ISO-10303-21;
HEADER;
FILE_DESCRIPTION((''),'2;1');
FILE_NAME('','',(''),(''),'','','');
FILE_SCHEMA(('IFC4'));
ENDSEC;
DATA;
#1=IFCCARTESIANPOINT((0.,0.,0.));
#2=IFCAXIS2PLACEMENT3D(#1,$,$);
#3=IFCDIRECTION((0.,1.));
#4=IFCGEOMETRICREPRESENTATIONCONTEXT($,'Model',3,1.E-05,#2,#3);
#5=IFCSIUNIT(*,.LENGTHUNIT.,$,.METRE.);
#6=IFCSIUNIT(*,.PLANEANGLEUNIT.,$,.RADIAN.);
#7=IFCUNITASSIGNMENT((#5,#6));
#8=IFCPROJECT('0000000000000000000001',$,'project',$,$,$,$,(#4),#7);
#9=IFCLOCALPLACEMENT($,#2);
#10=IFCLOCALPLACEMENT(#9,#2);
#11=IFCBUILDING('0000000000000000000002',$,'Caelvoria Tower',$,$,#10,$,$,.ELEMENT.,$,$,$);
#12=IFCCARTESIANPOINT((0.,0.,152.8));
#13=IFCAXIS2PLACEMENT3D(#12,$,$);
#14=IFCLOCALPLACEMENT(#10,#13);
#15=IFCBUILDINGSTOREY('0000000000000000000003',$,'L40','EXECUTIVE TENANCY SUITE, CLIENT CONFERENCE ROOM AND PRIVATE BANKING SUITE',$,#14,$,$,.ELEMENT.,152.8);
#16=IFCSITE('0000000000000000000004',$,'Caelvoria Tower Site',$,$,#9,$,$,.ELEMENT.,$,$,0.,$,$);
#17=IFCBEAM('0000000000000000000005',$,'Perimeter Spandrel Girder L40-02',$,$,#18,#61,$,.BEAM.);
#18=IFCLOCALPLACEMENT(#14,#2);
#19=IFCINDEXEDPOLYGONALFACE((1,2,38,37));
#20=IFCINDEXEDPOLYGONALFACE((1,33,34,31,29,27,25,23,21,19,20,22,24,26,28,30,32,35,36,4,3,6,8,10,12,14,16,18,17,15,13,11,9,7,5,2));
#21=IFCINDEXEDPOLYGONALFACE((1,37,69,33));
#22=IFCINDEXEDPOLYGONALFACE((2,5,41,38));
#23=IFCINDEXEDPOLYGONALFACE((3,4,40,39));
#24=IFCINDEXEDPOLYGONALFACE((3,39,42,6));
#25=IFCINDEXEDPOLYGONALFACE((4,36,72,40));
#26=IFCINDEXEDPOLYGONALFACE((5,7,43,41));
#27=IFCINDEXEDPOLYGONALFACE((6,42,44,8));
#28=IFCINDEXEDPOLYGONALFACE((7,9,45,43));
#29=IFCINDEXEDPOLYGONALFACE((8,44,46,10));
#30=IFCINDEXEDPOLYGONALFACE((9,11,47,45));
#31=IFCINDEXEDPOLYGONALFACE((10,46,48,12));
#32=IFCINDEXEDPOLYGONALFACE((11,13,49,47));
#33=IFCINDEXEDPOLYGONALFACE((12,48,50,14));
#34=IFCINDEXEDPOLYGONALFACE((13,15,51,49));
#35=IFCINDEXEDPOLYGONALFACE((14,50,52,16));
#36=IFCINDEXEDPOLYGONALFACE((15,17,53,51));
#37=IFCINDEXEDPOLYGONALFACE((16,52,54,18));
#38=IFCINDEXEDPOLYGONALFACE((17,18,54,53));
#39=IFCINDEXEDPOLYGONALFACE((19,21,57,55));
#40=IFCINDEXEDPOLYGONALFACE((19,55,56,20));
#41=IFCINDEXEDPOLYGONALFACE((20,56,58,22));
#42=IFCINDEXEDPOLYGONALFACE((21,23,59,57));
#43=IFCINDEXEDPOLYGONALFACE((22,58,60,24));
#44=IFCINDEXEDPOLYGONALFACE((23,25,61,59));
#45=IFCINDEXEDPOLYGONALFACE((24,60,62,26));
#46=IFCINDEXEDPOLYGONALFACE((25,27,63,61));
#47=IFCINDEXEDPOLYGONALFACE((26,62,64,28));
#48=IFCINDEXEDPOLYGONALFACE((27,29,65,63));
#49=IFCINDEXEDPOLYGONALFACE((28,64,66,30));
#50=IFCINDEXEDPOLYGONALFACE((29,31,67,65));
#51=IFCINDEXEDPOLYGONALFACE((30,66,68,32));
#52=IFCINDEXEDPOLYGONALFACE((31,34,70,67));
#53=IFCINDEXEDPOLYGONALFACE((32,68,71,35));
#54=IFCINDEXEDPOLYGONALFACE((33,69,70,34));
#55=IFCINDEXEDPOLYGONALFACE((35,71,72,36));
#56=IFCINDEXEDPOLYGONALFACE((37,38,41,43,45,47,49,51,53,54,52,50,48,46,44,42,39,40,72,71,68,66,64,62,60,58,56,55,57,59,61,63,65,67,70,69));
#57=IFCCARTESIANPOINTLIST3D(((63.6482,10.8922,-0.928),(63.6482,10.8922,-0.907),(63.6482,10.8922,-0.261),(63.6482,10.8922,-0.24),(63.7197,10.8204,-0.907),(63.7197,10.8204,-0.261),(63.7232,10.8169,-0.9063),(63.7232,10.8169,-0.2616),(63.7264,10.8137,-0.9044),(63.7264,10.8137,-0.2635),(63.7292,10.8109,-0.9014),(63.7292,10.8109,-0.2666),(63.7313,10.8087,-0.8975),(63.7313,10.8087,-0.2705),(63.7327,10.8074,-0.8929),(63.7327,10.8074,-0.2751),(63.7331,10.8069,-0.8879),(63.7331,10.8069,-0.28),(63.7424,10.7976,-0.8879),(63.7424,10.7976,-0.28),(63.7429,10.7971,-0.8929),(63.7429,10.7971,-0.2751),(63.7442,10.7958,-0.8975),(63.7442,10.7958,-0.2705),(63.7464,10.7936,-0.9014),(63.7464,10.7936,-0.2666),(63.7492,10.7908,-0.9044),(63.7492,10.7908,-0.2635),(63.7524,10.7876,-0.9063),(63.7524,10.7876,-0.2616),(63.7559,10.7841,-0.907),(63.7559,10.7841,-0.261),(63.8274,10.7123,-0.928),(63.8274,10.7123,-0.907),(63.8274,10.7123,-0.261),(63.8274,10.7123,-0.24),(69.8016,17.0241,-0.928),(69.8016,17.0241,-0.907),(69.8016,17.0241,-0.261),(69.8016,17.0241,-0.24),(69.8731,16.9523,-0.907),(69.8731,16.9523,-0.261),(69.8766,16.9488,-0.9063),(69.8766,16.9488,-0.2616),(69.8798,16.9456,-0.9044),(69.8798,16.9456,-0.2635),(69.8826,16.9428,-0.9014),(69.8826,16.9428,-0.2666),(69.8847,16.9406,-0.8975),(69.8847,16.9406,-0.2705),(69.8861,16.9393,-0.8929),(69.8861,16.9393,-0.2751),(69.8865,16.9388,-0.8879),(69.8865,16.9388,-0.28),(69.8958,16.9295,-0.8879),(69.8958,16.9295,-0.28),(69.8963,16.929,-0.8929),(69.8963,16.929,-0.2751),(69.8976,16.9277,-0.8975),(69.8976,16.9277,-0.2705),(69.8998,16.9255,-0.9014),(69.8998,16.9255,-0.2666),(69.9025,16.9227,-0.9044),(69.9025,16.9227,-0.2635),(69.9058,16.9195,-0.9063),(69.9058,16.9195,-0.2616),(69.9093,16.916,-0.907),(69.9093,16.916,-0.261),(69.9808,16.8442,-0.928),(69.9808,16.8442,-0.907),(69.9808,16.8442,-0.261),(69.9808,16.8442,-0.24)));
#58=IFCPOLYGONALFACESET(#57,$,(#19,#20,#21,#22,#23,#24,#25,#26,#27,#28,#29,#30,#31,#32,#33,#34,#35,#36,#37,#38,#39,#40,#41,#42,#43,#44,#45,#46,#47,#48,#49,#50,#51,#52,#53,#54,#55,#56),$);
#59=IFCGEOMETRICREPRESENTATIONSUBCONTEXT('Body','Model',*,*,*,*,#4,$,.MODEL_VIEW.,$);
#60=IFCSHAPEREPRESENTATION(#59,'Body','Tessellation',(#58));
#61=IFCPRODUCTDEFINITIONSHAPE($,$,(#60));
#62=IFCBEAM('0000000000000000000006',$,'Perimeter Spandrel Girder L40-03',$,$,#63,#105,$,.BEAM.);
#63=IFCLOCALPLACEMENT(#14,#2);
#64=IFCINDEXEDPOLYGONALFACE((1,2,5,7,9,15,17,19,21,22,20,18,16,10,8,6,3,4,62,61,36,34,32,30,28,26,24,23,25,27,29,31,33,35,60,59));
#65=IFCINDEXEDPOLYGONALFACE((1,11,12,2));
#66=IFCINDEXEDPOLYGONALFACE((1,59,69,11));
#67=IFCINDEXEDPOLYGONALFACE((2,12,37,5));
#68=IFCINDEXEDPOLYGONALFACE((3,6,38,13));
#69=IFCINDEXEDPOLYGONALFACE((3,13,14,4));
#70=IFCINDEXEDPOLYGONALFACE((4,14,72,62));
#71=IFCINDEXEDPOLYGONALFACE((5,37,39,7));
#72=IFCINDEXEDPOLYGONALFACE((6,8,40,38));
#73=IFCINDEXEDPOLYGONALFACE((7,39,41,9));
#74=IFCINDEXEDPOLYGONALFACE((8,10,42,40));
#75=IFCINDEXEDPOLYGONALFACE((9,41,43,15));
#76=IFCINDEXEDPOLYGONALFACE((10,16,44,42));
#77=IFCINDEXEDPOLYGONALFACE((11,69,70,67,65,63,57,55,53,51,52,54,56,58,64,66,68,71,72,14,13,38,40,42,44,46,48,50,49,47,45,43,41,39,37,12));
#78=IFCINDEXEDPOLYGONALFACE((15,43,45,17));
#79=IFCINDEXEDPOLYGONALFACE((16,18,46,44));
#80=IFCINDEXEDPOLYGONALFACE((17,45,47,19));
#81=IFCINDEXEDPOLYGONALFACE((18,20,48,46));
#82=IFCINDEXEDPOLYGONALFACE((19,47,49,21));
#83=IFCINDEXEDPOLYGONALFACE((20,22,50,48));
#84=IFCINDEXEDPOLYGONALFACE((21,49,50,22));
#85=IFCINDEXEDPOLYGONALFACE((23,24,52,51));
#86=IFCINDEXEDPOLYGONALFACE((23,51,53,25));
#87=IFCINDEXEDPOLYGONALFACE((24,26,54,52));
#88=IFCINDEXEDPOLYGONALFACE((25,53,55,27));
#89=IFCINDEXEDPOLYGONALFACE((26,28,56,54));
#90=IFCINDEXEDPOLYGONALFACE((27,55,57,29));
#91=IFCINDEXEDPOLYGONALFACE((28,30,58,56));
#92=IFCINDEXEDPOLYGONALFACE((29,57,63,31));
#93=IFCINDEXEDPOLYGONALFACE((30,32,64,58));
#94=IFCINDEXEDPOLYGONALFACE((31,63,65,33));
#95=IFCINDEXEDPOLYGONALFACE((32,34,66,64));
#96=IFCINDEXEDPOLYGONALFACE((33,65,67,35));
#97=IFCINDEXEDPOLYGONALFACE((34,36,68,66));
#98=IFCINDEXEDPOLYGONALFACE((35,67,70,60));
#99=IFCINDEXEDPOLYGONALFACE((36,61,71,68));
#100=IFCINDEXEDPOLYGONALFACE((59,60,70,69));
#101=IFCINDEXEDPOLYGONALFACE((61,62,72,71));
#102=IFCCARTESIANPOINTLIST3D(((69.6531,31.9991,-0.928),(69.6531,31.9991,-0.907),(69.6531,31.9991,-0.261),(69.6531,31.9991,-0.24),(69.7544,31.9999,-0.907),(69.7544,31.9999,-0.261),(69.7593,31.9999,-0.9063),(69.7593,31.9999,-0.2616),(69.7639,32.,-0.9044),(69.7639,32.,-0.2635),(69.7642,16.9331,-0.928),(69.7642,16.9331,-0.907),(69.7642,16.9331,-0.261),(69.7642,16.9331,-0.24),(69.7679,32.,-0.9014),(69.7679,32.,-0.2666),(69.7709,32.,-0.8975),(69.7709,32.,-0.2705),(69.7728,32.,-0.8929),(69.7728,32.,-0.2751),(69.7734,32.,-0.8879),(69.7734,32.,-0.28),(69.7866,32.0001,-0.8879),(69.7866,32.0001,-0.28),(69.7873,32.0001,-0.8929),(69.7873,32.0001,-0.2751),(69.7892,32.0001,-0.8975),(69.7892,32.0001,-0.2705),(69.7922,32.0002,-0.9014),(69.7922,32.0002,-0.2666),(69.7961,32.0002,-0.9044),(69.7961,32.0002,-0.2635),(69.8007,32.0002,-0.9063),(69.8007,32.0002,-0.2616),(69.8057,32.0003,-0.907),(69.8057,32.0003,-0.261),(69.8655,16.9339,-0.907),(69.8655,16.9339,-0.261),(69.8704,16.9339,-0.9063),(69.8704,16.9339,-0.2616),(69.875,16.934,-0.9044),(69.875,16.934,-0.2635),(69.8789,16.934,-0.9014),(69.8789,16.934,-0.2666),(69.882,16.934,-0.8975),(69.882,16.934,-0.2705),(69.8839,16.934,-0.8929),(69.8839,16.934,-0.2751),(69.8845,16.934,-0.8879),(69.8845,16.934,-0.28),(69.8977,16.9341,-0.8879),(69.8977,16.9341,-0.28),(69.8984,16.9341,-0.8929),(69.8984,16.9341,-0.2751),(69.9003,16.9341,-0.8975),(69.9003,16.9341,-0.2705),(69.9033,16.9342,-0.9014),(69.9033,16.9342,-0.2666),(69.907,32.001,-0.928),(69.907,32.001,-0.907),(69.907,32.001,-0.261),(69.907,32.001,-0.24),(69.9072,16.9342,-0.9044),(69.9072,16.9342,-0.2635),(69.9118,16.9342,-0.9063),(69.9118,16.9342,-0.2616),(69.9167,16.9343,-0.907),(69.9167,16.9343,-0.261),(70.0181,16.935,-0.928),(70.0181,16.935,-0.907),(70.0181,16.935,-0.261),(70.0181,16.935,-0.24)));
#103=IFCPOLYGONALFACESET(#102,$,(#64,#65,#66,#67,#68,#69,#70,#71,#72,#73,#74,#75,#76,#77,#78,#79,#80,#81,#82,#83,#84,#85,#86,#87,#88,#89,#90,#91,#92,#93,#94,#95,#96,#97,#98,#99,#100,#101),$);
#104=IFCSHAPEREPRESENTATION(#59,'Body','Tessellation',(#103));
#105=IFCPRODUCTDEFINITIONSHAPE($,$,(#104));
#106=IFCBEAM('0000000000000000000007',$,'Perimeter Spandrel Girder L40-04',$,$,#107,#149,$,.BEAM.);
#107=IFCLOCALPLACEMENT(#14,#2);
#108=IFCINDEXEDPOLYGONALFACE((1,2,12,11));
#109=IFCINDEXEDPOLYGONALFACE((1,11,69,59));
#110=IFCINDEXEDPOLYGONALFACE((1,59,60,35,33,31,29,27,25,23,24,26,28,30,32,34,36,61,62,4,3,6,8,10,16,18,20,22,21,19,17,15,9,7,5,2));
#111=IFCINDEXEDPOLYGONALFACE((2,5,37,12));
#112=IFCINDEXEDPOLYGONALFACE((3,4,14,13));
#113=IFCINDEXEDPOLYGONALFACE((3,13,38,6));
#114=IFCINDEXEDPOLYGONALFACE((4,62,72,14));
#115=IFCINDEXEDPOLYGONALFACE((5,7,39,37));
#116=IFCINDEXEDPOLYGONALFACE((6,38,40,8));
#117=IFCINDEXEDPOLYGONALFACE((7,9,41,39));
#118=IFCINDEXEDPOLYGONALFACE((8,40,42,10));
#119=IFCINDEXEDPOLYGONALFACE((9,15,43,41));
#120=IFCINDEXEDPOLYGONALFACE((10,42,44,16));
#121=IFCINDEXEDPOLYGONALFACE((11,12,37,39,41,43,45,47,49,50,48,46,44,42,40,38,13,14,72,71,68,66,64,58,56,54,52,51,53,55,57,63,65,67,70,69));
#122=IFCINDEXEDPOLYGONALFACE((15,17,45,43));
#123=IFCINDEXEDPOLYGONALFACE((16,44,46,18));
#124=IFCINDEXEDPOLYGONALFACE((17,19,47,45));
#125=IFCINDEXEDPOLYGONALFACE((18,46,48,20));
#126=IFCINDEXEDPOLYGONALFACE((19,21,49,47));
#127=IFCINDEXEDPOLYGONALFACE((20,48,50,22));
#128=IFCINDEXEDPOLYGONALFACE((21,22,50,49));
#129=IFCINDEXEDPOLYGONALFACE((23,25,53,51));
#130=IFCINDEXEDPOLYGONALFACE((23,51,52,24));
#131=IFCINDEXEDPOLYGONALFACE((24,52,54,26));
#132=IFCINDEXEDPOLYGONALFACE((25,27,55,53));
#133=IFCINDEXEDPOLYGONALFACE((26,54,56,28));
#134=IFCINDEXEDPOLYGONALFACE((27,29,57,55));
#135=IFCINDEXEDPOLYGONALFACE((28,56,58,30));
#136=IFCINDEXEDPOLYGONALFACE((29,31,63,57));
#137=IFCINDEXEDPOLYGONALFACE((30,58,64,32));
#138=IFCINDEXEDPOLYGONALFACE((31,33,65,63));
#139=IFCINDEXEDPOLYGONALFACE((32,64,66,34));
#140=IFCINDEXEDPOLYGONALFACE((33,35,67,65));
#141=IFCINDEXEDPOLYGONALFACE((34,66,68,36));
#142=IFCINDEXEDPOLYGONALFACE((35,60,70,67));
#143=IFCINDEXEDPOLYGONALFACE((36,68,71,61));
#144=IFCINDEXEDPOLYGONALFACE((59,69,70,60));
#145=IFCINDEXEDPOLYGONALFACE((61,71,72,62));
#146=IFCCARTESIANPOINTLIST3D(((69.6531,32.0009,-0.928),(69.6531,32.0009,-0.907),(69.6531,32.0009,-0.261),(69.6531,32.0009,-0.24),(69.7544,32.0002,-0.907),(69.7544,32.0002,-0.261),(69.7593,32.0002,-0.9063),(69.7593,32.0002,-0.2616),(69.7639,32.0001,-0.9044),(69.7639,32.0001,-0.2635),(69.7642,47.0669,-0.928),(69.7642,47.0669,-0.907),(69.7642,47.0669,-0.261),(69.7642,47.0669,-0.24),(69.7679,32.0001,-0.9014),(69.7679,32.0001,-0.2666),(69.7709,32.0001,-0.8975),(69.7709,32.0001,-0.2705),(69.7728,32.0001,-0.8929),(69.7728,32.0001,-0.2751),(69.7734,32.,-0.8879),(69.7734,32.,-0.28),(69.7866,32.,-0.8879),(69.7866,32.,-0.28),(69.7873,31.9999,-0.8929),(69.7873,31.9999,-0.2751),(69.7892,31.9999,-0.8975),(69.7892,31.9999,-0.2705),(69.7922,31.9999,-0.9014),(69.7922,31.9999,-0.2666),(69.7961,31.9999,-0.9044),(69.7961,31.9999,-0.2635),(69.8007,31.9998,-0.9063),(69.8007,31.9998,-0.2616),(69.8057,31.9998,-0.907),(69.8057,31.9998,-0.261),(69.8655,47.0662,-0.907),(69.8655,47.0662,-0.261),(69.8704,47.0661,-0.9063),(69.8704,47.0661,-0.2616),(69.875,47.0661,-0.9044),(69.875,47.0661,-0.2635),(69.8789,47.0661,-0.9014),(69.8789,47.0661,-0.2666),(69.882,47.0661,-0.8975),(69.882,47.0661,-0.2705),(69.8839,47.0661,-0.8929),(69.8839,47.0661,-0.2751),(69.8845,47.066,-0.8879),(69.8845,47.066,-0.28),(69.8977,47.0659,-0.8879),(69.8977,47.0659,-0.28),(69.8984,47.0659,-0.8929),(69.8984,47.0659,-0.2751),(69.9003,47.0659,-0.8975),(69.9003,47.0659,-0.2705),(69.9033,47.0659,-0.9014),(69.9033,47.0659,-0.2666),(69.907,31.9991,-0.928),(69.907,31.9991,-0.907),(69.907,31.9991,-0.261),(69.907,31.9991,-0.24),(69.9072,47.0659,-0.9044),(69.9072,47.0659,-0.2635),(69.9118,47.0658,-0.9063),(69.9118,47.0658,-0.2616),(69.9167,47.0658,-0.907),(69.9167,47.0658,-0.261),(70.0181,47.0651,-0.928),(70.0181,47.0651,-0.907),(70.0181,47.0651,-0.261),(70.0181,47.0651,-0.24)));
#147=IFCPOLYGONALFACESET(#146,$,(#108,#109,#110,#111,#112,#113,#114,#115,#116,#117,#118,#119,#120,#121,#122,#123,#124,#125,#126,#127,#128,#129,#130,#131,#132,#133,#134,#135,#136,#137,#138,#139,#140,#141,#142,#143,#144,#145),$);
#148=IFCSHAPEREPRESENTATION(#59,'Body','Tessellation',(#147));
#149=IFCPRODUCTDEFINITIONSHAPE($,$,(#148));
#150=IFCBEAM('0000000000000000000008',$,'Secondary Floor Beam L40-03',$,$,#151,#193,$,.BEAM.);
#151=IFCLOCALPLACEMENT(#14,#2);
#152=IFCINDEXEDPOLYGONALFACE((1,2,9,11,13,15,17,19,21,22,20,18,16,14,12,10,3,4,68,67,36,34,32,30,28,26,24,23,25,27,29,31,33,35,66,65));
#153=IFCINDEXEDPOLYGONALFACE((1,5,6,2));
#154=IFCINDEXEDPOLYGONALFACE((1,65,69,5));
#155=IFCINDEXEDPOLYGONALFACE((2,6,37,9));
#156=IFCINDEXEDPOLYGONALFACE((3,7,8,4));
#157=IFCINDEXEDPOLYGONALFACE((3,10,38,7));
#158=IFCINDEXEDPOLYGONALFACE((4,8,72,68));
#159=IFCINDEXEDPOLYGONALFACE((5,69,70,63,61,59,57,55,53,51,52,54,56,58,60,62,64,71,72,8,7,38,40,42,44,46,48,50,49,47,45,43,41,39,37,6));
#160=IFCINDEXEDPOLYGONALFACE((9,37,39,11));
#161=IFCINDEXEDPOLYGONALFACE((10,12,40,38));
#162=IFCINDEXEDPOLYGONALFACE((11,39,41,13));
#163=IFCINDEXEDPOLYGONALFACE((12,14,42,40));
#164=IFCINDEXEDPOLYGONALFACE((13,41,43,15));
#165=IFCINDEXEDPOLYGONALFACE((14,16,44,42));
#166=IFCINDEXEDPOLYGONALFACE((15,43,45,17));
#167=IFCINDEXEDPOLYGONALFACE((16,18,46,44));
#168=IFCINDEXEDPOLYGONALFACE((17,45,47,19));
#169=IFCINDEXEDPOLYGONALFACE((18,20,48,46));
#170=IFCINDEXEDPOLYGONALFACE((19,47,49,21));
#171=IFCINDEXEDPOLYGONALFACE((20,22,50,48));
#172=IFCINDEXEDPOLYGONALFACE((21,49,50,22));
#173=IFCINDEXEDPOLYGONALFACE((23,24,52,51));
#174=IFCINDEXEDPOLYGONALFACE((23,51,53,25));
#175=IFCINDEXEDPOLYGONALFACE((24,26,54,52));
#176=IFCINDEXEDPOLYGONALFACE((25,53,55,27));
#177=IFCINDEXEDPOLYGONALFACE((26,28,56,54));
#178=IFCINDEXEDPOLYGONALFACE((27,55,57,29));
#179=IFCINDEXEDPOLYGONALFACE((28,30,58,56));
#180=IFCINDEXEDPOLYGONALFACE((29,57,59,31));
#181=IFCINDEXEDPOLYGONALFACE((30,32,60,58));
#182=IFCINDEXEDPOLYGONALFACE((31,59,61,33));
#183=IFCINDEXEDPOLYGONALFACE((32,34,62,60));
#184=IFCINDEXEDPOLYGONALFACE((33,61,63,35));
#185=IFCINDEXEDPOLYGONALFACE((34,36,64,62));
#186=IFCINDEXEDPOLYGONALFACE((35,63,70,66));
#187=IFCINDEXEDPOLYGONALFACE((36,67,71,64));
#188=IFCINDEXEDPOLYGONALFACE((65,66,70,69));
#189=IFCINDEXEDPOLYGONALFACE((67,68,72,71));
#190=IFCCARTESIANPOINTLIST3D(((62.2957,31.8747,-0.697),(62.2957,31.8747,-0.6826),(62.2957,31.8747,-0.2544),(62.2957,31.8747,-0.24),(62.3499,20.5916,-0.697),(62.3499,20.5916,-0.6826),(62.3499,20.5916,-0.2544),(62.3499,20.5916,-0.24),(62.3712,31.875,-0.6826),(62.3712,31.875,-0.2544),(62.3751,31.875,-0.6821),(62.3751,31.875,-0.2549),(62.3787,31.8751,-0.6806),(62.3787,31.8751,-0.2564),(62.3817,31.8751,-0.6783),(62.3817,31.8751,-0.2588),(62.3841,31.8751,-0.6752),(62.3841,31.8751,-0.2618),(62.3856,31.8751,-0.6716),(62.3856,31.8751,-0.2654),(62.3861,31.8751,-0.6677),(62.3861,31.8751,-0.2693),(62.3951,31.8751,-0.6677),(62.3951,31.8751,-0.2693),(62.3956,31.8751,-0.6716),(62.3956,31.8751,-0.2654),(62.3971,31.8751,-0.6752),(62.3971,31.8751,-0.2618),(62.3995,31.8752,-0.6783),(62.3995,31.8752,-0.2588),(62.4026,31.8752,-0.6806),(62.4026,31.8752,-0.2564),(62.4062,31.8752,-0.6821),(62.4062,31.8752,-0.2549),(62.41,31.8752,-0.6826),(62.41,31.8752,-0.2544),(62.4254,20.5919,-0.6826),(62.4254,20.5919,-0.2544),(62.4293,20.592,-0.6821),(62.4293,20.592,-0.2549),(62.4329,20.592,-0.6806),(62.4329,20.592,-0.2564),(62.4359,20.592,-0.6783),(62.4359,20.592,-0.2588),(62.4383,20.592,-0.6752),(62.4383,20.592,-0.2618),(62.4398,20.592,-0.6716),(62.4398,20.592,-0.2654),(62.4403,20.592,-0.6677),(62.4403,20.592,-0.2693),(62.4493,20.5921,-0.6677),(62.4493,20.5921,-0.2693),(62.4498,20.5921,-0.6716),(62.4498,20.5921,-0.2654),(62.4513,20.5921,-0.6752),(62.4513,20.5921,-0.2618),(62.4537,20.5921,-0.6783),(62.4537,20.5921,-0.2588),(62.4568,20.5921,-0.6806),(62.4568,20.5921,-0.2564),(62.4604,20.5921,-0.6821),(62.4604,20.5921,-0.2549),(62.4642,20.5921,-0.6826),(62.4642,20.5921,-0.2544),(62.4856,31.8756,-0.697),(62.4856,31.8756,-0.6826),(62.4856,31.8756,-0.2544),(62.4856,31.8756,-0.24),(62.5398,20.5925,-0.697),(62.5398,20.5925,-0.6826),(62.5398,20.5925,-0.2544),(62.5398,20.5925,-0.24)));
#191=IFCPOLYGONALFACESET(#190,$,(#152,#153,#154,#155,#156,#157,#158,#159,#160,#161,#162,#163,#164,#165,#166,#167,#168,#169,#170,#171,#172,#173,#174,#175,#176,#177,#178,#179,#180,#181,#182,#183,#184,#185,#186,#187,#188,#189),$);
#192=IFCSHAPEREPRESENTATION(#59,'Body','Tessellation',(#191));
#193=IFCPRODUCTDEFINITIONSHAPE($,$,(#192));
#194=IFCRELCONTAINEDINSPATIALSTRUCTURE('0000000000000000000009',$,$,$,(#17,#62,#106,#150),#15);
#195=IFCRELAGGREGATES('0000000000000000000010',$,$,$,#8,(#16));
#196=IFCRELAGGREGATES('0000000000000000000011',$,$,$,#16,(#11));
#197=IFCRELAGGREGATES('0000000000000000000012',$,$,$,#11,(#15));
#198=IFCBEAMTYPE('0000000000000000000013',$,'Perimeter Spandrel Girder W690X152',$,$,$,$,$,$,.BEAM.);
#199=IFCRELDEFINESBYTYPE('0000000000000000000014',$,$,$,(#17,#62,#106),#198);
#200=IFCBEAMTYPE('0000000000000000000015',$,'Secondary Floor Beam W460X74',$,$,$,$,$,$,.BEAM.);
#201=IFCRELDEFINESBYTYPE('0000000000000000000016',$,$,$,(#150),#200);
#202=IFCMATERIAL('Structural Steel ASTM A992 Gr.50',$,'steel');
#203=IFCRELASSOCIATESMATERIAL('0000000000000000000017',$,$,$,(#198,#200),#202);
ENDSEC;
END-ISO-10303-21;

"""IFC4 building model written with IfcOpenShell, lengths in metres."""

from ifc_helpers import new_model, si_unit, direction, frame, origin, origin_2d, place, context, subcontext, project, spatial, i_section, extrude, material, material_profile, profile_set, type_object, element, save


model = new_model("IFC4")

# Units and contexts
model_context = context("Model", 3, precision=1e-05, world=origin(), true_north=direction((0.0, 1.0)))
body_context = subcontext(model_context, "Body", "Model", "MODEL_VIEW")
ifc_project = project(units=[si_unit("LENGTHUNIT", "METRE"), si_unit("PLANEANGLEUNIT", "RADIAN")], contexts=[model_context])

# Site, building, storey
site_placement = place(None, origin())
site = spatial("IfcSite", under=ifc_project, at=site_placement, Name="Caelvoria Tower Site", CompositionType="ELEMENT", RefElevation=0.0)
building_placement = place(site_placement, origin())
building = spatial("IfcBuilding", under=site, at=building_placement, Name="Caelvoria Tower", CompositionType="ELEMENT")
storey_placement = place(building_placement, frame((0.0, 0.0, 152.8)))
storey = spatial("IfcBuildingStorey", under=building, at=storey_placement, Name="L40", Description="EXECUTIVE TENANCY SUITE, CLIENT CONFERENCE ROOM AND PRIVATE BANKING SUITE", CompositionType="ELEMENT", Elevation=152.8)

# Shared definitions
ifc_material_1 = material(Name="Structural Steel ASTM A992 Gr.50", Category="steel")

# Beams
ifc_material_profile_1 = material_profile(ifc_material_1, i_section(OverallWidth=0.2539, OverallDepth=0.688, WebThickness=0.0132, FlangeThickness=0.021, FilletRadius=0.019, at=origin_2d()), Name="Structural Steel ASTM A992 Gr.50")
ifc_profile_set_1 = profile_set([ifc_material_profile_1], Name="W690X152 - Structural Steel ASTM A992 Gr.50")
beam_type_1 = type_object("IfcBeamType", Name="Perimeter Spandrel Girder W690X152", PredefinedType="BEAM", material=ifc_profile_set_1)
beam_1_placement = place(storey_placement, frame((63.7378, 10.8022, -0.584), z_axis=(0.708342, 0.705869, 0.0), x_axis=(-0.705869, 0.708342, 0.0)))
element("IfcBeam", 1, at=beam_1_placement, inside=storey, type_object=beam_type_1, Name="Perimeter Spandrel Girder L40-02", PredefinedType="BEAM", context=body_context, shape_type="SweptSolid", body=[
    extrude(i_section(OverallWidth=0.2539, OverallDepth=0.688, WebThickness=0.0132, FlangeThickness=0.021, FilletRadius=0.019, at=origin_2d()), origin(), (0.0, 0.0, 1.0), 8.687),
])
for number, where, z_axis, x_axis, name in (
    (2, (69.8911, 16.9341, -0.584), (-0.007373, 0.999973, 0.0), (-0.999973, -0.007373, 0.0), "Perimeter Spandrel Girder L40-03"),
    (3, (69.78, 32.0, -0.584), (0.007373, 0.999973, 0.0), (-0.999973, 0.007373, 0.0), "Perimeter Spandrel Girder L40-04"),
):
    element("IfcBeam", number, at=place(storey_placement, frame(where, z_axis=z_axis, x_axis=x_axis)), inside=storey, type_object=beam_type_1, Name=name, PredefinedType="BEAM", context=body_context, shape_type="SweptSolid", body=[
        extrude(i_section(OverallWidth=0.2539, OverallDepth=0.688, WebThickness=0.0132, FlangeThickness=0.021, FilletRadius=0.019, at=origin_2d()), origin(), (0.0, 0.0, 1.0), 15.0664),
    ])
ifc_material_profile_2 = material_profile(ifc_material_1, i_section(OverallWidth=0.1899, OverallDepth=0.457, WebThickness=0.009, FlangeThickness=0.0144, FilletRadius=0.0149, at=origin_2d()), Name="Structural Steel ASTM A992 Gr.50")
ifc_profile_set_2 = profile_set([ifc_material_profile_2], Name="W460X74 - Structural Steel ASTM A992 Gr.50")
beam_type_2 = type_object("IfcBeamType", Name="Secondary Floor Beam W460X74", PredefinedType="BEAM", material=ifc_profile_set_2)
beam_2_placement = place(storey_placement, frame((62.4448, 20.592, -0.4685), z_axis=(-0.004804, 0.999988, 0.0), x_axis=(-0.999988, -0.004804, 0.0)))
element("IfcBeam", 4, at=beam_2_placement, inside=storey, type_object=beam_type_2, Name="Secondary Floor Beam L40-03", PredefinedType="BEAM", context=body_context, shape_type="SweptSolid", body=[
    extrude(i_section(OverallWidth=0.1899, OverallDepth=0.457, WebThickness=0.009, FlangeThickness=0.0144, FilletRadius=0.0149, at=origin_2d()), origin(), (0.0, 0.0, 1.0), 11.2832),
])

save(model, "model.ifc")
